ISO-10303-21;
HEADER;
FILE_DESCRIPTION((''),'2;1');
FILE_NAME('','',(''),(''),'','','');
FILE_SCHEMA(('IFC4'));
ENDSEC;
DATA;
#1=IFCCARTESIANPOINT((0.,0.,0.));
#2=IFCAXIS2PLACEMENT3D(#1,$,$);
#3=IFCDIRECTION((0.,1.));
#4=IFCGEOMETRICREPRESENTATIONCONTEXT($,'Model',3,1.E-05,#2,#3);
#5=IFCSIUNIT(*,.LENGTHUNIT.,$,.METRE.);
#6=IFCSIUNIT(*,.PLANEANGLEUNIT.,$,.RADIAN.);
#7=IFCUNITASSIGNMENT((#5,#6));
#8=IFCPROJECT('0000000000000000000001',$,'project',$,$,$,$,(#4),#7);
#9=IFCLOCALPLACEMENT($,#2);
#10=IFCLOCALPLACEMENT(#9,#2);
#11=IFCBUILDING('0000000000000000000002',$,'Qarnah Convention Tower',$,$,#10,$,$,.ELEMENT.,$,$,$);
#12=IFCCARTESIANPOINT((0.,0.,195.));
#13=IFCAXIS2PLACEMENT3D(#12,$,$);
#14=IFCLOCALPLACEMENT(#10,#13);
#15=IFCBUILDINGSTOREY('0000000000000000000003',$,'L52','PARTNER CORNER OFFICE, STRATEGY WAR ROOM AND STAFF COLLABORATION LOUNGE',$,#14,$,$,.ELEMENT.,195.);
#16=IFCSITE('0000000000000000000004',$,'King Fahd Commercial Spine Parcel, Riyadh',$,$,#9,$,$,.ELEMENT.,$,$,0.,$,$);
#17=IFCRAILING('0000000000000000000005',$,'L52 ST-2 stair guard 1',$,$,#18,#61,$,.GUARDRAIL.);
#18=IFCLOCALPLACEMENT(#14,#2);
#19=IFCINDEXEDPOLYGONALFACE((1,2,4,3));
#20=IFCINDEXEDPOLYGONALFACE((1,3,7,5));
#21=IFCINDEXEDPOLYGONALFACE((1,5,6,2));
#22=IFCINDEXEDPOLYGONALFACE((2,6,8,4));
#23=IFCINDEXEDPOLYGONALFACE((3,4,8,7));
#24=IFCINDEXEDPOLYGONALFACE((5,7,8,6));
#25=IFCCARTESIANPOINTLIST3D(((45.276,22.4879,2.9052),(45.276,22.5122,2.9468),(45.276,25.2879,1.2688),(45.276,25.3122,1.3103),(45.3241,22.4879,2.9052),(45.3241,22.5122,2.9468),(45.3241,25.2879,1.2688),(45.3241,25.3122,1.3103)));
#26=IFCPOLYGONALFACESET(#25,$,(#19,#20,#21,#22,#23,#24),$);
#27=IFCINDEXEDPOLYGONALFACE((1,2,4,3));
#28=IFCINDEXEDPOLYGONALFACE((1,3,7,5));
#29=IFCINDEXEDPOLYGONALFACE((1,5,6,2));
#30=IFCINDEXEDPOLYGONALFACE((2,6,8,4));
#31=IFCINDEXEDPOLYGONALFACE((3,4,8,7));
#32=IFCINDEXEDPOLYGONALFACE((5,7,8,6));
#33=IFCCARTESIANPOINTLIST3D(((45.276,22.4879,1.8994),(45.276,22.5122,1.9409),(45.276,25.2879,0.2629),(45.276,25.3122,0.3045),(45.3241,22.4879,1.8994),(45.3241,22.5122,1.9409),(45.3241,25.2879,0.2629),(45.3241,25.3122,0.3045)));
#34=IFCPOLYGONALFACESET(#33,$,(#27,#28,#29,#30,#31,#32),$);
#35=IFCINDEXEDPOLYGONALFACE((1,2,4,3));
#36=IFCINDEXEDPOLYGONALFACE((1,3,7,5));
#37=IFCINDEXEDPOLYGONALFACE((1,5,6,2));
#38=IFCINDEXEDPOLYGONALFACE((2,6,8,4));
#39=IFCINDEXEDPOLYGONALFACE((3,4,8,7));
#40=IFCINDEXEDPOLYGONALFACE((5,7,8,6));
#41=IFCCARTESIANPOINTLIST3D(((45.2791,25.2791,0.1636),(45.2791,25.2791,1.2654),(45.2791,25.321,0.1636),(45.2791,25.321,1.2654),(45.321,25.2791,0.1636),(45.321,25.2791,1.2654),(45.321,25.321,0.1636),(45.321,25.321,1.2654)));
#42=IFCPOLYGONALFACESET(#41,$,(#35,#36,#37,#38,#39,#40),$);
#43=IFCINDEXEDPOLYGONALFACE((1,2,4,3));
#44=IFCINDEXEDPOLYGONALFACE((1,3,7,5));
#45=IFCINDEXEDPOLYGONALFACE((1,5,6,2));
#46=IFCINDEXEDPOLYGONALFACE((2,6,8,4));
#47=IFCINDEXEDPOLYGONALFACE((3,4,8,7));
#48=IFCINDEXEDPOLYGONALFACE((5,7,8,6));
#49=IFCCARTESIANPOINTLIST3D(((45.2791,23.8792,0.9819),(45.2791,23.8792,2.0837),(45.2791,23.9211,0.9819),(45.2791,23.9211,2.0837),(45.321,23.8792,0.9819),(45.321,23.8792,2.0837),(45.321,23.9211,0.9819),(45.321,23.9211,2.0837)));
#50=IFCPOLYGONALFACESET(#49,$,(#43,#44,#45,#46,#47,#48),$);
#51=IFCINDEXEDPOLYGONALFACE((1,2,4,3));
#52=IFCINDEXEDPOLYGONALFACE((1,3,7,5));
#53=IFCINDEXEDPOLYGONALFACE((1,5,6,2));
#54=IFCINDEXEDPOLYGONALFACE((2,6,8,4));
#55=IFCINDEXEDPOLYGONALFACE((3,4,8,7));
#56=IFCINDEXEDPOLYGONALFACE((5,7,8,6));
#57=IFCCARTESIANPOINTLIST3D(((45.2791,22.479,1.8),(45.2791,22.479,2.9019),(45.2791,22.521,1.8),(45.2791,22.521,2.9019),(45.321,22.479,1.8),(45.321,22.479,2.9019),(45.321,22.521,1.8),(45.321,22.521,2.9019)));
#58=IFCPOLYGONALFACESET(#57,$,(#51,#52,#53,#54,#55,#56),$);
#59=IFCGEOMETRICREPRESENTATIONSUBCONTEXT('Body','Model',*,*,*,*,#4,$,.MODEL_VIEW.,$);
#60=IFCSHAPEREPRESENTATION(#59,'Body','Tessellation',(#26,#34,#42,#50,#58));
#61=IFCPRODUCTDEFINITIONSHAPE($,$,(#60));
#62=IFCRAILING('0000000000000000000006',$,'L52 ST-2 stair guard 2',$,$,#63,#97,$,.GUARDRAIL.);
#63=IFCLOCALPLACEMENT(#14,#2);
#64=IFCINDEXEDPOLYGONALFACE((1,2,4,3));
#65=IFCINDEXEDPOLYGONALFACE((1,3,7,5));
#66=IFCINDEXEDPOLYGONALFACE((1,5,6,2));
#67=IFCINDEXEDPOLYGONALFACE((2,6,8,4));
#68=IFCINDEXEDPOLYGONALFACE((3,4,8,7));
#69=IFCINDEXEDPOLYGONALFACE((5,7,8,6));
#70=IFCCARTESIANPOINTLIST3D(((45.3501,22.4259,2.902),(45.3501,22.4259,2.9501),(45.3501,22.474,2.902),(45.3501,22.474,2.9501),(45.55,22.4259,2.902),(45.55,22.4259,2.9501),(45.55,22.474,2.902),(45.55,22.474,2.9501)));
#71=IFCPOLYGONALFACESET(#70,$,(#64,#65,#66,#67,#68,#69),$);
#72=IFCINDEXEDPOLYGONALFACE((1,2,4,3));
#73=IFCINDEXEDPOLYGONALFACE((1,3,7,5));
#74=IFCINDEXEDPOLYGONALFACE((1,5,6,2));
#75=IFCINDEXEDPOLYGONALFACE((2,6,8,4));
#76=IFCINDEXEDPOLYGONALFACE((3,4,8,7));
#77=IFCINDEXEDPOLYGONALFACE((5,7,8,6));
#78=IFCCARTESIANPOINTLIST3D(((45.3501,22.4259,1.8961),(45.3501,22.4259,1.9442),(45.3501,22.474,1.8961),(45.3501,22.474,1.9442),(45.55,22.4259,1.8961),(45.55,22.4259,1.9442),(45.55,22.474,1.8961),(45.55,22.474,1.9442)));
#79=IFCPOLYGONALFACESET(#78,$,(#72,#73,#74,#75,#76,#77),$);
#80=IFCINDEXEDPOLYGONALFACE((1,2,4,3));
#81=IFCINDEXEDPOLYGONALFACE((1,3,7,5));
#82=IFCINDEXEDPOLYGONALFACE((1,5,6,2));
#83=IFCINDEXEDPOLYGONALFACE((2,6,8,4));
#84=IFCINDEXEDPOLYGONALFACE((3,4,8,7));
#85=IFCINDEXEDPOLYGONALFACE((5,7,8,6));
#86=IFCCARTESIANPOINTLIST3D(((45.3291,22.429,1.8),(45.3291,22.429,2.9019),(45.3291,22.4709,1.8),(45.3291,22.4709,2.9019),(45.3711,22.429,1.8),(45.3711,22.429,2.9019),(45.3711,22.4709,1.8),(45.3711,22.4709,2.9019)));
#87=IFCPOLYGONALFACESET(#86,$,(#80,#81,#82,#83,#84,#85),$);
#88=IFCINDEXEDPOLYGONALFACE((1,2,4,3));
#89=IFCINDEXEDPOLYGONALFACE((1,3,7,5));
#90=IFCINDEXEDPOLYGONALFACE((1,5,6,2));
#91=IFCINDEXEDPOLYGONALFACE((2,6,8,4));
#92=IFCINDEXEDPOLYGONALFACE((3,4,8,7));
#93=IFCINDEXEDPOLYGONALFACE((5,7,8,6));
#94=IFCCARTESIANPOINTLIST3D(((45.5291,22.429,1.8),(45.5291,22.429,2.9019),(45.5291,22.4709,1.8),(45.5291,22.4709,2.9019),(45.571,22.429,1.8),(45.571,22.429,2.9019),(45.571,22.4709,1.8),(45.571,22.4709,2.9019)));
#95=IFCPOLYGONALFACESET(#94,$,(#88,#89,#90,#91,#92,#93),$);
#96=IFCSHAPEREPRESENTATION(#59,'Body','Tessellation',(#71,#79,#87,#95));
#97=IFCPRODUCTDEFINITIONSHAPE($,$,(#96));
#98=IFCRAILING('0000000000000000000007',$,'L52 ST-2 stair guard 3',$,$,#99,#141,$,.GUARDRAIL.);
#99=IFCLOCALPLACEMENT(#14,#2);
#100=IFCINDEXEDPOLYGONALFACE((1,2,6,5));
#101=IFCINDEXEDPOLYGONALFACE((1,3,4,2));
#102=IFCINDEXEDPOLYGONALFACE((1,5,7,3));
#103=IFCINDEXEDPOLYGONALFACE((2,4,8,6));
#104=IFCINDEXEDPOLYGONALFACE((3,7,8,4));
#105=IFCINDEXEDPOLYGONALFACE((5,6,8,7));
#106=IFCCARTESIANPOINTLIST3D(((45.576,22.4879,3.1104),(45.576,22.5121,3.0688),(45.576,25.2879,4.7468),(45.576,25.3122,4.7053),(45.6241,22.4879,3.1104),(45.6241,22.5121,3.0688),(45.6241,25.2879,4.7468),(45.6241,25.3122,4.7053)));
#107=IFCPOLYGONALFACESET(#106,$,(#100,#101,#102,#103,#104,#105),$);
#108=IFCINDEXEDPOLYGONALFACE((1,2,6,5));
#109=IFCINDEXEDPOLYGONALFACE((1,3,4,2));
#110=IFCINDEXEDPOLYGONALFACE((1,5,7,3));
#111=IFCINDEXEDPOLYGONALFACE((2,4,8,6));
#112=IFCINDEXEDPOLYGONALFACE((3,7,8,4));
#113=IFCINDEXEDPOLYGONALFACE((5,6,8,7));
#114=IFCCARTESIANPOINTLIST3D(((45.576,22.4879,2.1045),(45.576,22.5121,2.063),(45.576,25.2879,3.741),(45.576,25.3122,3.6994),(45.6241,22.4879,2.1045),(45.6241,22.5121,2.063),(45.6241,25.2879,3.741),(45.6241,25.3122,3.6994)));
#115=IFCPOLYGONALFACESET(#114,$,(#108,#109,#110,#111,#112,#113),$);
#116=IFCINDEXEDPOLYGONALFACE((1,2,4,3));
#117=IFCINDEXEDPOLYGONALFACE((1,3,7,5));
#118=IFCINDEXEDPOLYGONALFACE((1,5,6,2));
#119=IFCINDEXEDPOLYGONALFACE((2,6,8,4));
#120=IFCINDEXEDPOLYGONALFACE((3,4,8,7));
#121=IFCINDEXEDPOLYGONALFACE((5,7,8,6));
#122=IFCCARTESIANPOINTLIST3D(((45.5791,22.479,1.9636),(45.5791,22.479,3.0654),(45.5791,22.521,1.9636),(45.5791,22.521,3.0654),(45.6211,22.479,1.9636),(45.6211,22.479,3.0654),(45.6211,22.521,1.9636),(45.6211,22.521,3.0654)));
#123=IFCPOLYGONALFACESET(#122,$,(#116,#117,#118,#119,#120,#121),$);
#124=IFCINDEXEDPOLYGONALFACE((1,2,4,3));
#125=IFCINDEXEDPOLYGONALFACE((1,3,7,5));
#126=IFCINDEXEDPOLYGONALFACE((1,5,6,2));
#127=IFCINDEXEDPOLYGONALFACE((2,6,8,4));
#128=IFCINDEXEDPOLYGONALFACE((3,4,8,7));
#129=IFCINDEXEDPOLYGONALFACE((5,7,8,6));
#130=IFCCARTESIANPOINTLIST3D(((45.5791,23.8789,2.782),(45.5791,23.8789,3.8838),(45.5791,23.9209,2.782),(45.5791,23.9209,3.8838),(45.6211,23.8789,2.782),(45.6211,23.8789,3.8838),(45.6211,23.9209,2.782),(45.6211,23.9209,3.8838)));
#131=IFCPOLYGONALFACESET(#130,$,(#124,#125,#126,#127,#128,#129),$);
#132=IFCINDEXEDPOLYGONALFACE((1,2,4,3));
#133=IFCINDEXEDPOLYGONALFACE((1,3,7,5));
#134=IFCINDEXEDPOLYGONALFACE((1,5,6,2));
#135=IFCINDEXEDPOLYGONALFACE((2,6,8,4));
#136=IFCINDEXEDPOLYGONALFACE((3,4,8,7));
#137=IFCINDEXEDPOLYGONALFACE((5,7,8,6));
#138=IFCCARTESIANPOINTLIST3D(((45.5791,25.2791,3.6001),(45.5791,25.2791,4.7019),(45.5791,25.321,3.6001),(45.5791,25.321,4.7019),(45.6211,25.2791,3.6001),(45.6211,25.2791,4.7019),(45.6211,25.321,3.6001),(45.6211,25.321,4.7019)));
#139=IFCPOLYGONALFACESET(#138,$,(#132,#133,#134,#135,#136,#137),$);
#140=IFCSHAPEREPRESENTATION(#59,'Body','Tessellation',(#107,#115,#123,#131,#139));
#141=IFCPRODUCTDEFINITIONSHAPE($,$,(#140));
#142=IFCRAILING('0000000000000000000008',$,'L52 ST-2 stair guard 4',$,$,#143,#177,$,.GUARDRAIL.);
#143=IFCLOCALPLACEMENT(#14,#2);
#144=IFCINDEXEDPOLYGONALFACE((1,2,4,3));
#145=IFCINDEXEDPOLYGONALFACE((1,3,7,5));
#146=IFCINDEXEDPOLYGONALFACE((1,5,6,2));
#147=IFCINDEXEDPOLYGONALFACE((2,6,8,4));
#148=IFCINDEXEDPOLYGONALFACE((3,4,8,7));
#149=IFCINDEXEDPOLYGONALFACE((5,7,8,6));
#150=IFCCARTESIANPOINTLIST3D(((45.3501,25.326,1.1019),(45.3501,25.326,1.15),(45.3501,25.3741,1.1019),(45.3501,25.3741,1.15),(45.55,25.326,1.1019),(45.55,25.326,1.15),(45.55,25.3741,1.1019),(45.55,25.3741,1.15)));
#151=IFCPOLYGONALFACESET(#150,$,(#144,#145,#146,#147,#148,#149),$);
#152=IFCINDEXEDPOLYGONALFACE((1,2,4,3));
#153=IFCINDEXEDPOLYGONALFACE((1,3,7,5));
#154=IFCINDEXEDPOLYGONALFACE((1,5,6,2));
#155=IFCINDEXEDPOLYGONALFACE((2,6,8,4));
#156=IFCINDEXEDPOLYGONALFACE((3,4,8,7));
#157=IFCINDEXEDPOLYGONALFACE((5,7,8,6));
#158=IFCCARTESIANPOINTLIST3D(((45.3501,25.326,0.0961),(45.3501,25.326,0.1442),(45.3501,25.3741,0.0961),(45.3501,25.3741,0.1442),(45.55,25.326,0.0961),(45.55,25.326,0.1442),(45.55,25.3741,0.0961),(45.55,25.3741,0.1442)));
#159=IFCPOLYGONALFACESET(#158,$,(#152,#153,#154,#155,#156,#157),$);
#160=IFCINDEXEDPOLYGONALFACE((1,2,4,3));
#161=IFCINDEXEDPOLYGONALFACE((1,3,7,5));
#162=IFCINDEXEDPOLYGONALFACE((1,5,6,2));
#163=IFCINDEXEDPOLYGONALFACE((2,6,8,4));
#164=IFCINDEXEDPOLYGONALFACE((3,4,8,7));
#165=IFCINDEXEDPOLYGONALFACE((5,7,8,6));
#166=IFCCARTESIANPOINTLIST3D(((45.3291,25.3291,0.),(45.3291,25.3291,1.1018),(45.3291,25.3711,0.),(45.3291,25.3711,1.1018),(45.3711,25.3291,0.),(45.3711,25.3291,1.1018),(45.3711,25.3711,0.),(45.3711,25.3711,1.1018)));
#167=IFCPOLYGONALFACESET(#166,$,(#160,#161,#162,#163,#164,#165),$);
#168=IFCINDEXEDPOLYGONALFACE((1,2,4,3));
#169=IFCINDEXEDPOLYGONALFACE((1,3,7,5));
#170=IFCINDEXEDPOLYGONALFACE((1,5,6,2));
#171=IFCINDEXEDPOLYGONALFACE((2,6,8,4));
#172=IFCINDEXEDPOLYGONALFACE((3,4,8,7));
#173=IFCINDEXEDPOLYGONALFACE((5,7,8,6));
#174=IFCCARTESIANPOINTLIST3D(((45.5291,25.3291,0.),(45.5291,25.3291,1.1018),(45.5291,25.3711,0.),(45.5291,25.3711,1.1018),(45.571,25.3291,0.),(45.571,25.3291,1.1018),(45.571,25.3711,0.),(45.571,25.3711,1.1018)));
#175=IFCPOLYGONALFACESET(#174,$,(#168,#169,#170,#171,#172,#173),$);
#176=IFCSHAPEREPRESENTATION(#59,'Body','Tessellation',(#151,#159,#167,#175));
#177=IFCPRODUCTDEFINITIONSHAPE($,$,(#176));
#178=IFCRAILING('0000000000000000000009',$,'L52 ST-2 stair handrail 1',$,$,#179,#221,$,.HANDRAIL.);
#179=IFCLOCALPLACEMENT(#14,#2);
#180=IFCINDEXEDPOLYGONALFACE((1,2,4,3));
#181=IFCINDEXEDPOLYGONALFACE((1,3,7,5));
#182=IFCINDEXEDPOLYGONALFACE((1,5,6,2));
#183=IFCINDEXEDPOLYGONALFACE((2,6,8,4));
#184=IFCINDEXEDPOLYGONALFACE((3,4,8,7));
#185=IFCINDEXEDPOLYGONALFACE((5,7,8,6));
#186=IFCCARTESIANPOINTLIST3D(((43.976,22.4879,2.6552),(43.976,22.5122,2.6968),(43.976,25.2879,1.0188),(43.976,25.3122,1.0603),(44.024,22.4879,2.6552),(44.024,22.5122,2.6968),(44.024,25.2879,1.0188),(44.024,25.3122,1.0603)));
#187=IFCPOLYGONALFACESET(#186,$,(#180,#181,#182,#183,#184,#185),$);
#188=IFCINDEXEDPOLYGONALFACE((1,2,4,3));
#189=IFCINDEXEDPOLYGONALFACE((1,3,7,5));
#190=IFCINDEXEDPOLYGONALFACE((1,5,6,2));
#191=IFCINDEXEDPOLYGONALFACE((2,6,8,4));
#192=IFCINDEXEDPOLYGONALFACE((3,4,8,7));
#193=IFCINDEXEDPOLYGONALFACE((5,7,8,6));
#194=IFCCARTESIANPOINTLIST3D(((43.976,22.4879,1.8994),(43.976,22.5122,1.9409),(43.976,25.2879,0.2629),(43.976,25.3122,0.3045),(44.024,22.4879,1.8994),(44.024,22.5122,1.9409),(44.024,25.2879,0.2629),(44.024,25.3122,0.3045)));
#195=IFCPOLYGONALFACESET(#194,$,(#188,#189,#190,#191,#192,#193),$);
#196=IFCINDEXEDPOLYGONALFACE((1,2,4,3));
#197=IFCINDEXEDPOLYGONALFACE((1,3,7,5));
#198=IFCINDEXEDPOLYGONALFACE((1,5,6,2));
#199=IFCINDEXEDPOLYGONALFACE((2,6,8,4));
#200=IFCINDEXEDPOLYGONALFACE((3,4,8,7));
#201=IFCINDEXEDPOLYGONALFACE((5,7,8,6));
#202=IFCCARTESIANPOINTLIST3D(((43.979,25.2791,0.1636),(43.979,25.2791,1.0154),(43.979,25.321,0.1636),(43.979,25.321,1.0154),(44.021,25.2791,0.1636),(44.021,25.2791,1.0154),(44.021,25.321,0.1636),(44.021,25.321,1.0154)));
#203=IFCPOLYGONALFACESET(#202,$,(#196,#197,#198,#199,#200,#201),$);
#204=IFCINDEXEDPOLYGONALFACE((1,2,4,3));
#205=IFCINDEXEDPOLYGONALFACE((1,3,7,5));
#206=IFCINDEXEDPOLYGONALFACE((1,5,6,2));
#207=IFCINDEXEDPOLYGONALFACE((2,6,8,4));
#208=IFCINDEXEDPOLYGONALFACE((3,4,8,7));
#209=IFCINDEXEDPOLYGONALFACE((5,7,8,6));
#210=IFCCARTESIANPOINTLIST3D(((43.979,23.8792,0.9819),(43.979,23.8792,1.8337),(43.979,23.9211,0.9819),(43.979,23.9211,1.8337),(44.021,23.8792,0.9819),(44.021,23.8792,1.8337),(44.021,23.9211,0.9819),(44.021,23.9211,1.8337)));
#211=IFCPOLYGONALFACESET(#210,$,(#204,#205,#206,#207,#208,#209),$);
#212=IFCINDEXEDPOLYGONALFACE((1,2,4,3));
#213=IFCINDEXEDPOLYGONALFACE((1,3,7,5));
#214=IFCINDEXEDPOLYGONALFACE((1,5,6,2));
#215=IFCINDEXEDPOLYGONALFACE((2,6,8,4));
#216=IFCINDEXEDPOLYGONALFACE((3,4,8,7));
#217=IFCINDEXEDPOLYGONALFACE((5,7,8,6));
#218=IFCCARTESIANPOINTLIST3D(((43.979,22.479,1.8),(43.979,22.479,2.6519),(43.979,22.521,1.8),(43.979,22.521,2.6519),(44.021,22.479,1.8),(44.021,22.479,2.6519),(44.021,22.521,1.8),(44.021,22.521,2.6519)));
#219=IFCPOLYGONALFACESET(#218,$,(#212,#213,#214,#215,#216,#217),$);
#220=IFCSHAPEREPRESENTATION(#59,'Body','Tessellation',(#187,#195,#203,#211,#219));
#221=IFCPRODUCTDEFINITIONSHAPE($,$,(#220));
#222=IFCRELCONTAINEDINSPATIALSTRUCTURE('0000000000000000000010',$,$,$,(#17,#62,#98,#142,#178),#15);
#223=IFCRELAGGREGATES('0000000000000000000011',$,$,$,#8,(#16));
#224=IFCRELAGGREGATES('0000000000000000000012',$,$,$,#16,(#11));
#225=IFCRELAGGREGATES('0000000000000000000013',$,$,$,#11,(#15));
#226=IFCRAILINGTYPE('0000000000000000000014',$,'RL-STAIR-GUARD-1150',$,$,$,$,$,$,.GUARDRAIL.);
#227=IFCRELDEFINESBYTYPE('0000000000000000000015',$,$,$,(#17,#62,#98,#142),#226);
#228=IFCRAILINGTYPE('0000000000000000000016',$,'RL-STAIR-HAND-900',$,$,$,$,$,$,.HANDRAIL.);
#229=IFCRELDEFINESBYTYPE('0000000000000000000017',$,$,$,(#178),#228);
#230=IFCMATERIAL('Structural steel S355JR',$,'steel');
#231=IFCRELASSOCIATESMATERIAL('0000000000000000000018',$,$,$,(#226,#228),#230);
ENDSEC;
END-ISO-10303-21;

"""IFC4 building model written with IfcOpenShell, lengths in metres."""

from ifc_helpers import new_model, si_unit, direction, frame, origin, origin_2d, place, context, subcontext, project, spatial, rectangle, extrude, material, type_object, element, save


model = new_model("IFC4")

# Units and contexts
model_context = context("Model", 3, precision=1e-05, world=origin(), true_north=direction((0.0, 1.0)))
body_context = subcontext(model_context, "Body", "Model", "MODEL_VIEW")
ifc_project = project(units=[si_unit("LENGTHUNIT", "METRE"), si_unit("PLANEANGLEUNIT", "RADIAN")], contexts=[model_context])

# Site, building, storey
site_placement = place(None, origin())
site = spatial("IfcSite", under=ifc_project, at=site_placement, Name="King Fahd Commercial Spine Parcel, Riyadh", CompositionType="ELEMENT", RefElevation=0.0)
building_placement = place(site_placement, origin())
building = spatial("IfcBuilding", under=site, at=building_placement, Name="Qarnah Convention Tower", CompositionType="ELEMENT")
storey_placement = place(building_placement, frame((0.0, 0.0, 195.0)))
storey = spatial("IfcBuildingStorey", under=building, at=storey_placement, Name="L52", Description="PARTNER CORNER OFFICE, STRATEGY WAR ROOM AND STAFF COLLABORATION LOUNGE", CompositionType="ELEMENT", Elevation=195.0)

# Shared definitions
ifc_material_1 = material(Name="Structural steel S355JR", Category="steel")

# Railings
railing_type_1 = type_object("IfcRailingType", Name="RL-STAIR-GUARD-1150", PredefinedType="GUARDRAIL", material=ifc_material_1)
railing_1_placement = place(storey_placement, frame((45.3, 25.3, 0.1636)))
element("IfcRailing", 1, at=railing_1_placement, inside=storey, type_object=railing_type_1, Name="L52 ST-2 stair guard 1", PredefinedType="GUARDRAIL", context=body_context, shape_type="SweptSolid", body=[
    extrude(rectangle(XDim=0.0481, YDim=0.0481, at=origin_2d()), frame((0.0, 0.0, 1.126), z_axis=(0.0, -0.863361, 0.504587), x_axis=(1.0, 0.0, 0.0)), (0.0, 0.0, 1.0), 3.2432),
    extrude(rectangle(XDim=0.0481, YDim=0.0481, at=origin_2d()), frame((0.0, 0.0, 0.1201), z_axis=(0.0, -0.863361, 0.504587), x_axis=(1.0, 0.0, 0.0)), (0.0, 0.0, 1.0), 3.2432),
    extrude(rectangle(XDim=0.042, YDim=0.042, at=origin_2d()), origin(), (0.0, 0.0, 1.0), 1.1018),
    extrude(rectangle(XDim=0.042, YDim=0.042, at=origin_2d()), frame((0.0, -1.3999, 0.8184)), (0.0, 0.0, 1.0), 1.1018),
    extrude(rectangle(XDim=0.042, YDim=0.042, at=origin_2d()), frame((0.0, -2.8, 1.6365)), (0.0, 0.0, 1.0), 1.1018),
])
railing_2_placement = place(storey_placement, frame((45.3501, 22.45, 1.8)))
element("IfcRailing", 2, at=railing_2_placement, inside=storey, type_object=railing_type_1, Name="L52 ST-2 stair guard 2", PredefinedType="GUARDRAIL", context=body_context, shape_type="SweptSolid", body=[
    extrude(rectangle(XDim=0.0481, YDim=0.0481, at=origin_2d()), frame((0.0, 0.0, 1.126), z_axis=(1.0, 0.0, 0.0), x_axis=(0.0, 1.0, 0.0)), (0.0, 0.0, 1.0), 0.2),
    extrude(rectangle(XDim=0.0481, YDim=0.0481, at=origin_2d()), frame((0.0, 0.0, 0.1201), z_axis=(1.0, 0.0, 0.0), x_axis=(0.0, 1.0, 0.0)), (0.0, 0.0, 1.0), 0.2),
    extrude(rectangle(XDim=0.042, YDim=0.042, at=origin_2d()), origin(), (0.0, 0.0, 1.0), 1.1018),
    extrude(rectangle(XDim=0.042, YDim=0.042, at=origin_2d()), frame((0.2, 0.0, 0.0)), (0.0, 0.0, 1.0), 1.1018),
])
railing_3_placement = place(storey_placement, frame((45.6001, 22.5, 1.9636)))
element("IfcRailing", 3, at=railing_3_placement, inside=storey, type_object=railing_type_1, Name="L52 ST-2 stair guard 3", PredefinedType="GUARDRAIL", context=body_context, shape_type="SweptSolid", body=[
    extrude(rectangle(XDim=0.0481, YDim=0.0481, at=origin_2d()), frame((0.0, 0.0, 1.126), z_axis=(0.0, 0.863361, 0.504587), x_axis=(-1.0, 0.0, 0.0)), (0.0, 0.0, 1.0), 3.2432),
    extrude(rectangle(XDim=0.0481, YDim=0.0481, at=origin_2d()), frame((0.0, 0.0, 0.1201), z_axis=(0.0, 0.863361, 0.504587), x_axis=(-1.0, 0.0, 0.0)), (0.0, 0.0, 1.0), 3.2432),
    extrude(rectangle(XDim=0.042, YDim=0.042, at=origin_2d()), origin(), (0.0, 0.0, 1.0), 1.1018),
    extrude(rectangle(XDim=0.042, YDim=0.042, at=origin_2d()), frame((0.0, 1.3999, 0.8184)), (0.0, 0.0, 1.0), 1.1018),
    extrude(rectangle(XDim=0.042, YDim=0.042, at=origin_2d()), frame((0.0, 2.8, 1.6365)), (0.0, 0.0, 1.0), 1.1018),
])
railing_4_placement = place(storey_placement, frame((45.3501, 25.3501, 0.0)))
element("IfcRailing", 4, at=railing_4_placement, inside=storey, type_object=railing_type_1, Name="L52 ST-2 stair guard 4", PredefinedType="GUARDRAIL", context=body_context, shape_type="SweptSolid", body=[
    extrude(rectangle(XDim=0.0481, YDim=0.0481, at=origin_2d()), frame((0.0, 0.0, 1.126), z_axis=(1.0, 0.0, 0.0), x_axis=(0.0, 1.0, 0.0)), (0.0, 0.0, 1.0), 0.2),
    extrude(rectangle(XDim=0.0481, YDim=0.0481, at=origin_2d()), frame((0.0, 0.0, 0.1201), z_axis=(1.0, 0.0, 0.0), x_axis=(0.0, 1.0, 0.0)), (0.0, 0.0, 1.0), 0.2),
    extrude(rectangle(XDim=0.042, YDim=0.042, at=origin_2d()), origin(), (0.0, 0.0, 1.0), 1.1018),
    extrude(rectangle(XDim=0.042, YDim=0.042, at=origin_2d()), frame((0.2, 0.0, 0.0)), (0.0, 0.0, 1.0), 1.1018),
])
railing_type_2 = type_object("IfcRailingType", Name="RL-STAIR-HAND-900", PredefinedType="HANDRAIL", material=ifc_material_1)
railing_5_placement = place(storey_placement, frame((44.0, 25.3, 0.1636)))
element("IfcRailing", 5, at=railing_5_placement, inside=storey, type_object=railing_type_2, Name="L52 ST-2 stair handrail 1", PredefinedType="HANDRAIL", context=body_context, shape_type="SweptSolid", body=[
    extrude(rectangle(XDim=0.0481, YDim=0.0481, at=origin_2d()), frame((0.0, 0.0, 0.876), z_axis=(0.0, -0.863361, 0.504587), x_axis=(1.0, 0.0, 0.0)), (0.0, 0.0, 1.0), 3.2432),
    extrude(rectangle(XDim=0.0481, YDim=0.0481, at=origin_2d()), frame((0.0, 0.0, 0.1201), z_axis=(0.0, -0.863361, 0.504587), x_axis=(1.0, 0.0, 0.0)), (0.0, 0.0, 1.0), 3.2432),
    extrude(rectangle(XDim=0.042, YDim=0.042, at=origin_2d()), origin(), (0.0, 0.0, 1.0), 0.8518),
    extrude(rectangle(XDim=0.042, YDim=0.042, at=origin_2d()), frame((0.0, -1.3999, 0.8184)), (0.0, 0.0, 1.0), 0.8518),
    extrude(rectangle(XDim=0.042, YDim=0.042, at=origin_2d()), frame((0.0, -2.8, 1.6365)), (0.0, 0.0, 1.0), 0.8518),
])

save(model, "model.ifc")
